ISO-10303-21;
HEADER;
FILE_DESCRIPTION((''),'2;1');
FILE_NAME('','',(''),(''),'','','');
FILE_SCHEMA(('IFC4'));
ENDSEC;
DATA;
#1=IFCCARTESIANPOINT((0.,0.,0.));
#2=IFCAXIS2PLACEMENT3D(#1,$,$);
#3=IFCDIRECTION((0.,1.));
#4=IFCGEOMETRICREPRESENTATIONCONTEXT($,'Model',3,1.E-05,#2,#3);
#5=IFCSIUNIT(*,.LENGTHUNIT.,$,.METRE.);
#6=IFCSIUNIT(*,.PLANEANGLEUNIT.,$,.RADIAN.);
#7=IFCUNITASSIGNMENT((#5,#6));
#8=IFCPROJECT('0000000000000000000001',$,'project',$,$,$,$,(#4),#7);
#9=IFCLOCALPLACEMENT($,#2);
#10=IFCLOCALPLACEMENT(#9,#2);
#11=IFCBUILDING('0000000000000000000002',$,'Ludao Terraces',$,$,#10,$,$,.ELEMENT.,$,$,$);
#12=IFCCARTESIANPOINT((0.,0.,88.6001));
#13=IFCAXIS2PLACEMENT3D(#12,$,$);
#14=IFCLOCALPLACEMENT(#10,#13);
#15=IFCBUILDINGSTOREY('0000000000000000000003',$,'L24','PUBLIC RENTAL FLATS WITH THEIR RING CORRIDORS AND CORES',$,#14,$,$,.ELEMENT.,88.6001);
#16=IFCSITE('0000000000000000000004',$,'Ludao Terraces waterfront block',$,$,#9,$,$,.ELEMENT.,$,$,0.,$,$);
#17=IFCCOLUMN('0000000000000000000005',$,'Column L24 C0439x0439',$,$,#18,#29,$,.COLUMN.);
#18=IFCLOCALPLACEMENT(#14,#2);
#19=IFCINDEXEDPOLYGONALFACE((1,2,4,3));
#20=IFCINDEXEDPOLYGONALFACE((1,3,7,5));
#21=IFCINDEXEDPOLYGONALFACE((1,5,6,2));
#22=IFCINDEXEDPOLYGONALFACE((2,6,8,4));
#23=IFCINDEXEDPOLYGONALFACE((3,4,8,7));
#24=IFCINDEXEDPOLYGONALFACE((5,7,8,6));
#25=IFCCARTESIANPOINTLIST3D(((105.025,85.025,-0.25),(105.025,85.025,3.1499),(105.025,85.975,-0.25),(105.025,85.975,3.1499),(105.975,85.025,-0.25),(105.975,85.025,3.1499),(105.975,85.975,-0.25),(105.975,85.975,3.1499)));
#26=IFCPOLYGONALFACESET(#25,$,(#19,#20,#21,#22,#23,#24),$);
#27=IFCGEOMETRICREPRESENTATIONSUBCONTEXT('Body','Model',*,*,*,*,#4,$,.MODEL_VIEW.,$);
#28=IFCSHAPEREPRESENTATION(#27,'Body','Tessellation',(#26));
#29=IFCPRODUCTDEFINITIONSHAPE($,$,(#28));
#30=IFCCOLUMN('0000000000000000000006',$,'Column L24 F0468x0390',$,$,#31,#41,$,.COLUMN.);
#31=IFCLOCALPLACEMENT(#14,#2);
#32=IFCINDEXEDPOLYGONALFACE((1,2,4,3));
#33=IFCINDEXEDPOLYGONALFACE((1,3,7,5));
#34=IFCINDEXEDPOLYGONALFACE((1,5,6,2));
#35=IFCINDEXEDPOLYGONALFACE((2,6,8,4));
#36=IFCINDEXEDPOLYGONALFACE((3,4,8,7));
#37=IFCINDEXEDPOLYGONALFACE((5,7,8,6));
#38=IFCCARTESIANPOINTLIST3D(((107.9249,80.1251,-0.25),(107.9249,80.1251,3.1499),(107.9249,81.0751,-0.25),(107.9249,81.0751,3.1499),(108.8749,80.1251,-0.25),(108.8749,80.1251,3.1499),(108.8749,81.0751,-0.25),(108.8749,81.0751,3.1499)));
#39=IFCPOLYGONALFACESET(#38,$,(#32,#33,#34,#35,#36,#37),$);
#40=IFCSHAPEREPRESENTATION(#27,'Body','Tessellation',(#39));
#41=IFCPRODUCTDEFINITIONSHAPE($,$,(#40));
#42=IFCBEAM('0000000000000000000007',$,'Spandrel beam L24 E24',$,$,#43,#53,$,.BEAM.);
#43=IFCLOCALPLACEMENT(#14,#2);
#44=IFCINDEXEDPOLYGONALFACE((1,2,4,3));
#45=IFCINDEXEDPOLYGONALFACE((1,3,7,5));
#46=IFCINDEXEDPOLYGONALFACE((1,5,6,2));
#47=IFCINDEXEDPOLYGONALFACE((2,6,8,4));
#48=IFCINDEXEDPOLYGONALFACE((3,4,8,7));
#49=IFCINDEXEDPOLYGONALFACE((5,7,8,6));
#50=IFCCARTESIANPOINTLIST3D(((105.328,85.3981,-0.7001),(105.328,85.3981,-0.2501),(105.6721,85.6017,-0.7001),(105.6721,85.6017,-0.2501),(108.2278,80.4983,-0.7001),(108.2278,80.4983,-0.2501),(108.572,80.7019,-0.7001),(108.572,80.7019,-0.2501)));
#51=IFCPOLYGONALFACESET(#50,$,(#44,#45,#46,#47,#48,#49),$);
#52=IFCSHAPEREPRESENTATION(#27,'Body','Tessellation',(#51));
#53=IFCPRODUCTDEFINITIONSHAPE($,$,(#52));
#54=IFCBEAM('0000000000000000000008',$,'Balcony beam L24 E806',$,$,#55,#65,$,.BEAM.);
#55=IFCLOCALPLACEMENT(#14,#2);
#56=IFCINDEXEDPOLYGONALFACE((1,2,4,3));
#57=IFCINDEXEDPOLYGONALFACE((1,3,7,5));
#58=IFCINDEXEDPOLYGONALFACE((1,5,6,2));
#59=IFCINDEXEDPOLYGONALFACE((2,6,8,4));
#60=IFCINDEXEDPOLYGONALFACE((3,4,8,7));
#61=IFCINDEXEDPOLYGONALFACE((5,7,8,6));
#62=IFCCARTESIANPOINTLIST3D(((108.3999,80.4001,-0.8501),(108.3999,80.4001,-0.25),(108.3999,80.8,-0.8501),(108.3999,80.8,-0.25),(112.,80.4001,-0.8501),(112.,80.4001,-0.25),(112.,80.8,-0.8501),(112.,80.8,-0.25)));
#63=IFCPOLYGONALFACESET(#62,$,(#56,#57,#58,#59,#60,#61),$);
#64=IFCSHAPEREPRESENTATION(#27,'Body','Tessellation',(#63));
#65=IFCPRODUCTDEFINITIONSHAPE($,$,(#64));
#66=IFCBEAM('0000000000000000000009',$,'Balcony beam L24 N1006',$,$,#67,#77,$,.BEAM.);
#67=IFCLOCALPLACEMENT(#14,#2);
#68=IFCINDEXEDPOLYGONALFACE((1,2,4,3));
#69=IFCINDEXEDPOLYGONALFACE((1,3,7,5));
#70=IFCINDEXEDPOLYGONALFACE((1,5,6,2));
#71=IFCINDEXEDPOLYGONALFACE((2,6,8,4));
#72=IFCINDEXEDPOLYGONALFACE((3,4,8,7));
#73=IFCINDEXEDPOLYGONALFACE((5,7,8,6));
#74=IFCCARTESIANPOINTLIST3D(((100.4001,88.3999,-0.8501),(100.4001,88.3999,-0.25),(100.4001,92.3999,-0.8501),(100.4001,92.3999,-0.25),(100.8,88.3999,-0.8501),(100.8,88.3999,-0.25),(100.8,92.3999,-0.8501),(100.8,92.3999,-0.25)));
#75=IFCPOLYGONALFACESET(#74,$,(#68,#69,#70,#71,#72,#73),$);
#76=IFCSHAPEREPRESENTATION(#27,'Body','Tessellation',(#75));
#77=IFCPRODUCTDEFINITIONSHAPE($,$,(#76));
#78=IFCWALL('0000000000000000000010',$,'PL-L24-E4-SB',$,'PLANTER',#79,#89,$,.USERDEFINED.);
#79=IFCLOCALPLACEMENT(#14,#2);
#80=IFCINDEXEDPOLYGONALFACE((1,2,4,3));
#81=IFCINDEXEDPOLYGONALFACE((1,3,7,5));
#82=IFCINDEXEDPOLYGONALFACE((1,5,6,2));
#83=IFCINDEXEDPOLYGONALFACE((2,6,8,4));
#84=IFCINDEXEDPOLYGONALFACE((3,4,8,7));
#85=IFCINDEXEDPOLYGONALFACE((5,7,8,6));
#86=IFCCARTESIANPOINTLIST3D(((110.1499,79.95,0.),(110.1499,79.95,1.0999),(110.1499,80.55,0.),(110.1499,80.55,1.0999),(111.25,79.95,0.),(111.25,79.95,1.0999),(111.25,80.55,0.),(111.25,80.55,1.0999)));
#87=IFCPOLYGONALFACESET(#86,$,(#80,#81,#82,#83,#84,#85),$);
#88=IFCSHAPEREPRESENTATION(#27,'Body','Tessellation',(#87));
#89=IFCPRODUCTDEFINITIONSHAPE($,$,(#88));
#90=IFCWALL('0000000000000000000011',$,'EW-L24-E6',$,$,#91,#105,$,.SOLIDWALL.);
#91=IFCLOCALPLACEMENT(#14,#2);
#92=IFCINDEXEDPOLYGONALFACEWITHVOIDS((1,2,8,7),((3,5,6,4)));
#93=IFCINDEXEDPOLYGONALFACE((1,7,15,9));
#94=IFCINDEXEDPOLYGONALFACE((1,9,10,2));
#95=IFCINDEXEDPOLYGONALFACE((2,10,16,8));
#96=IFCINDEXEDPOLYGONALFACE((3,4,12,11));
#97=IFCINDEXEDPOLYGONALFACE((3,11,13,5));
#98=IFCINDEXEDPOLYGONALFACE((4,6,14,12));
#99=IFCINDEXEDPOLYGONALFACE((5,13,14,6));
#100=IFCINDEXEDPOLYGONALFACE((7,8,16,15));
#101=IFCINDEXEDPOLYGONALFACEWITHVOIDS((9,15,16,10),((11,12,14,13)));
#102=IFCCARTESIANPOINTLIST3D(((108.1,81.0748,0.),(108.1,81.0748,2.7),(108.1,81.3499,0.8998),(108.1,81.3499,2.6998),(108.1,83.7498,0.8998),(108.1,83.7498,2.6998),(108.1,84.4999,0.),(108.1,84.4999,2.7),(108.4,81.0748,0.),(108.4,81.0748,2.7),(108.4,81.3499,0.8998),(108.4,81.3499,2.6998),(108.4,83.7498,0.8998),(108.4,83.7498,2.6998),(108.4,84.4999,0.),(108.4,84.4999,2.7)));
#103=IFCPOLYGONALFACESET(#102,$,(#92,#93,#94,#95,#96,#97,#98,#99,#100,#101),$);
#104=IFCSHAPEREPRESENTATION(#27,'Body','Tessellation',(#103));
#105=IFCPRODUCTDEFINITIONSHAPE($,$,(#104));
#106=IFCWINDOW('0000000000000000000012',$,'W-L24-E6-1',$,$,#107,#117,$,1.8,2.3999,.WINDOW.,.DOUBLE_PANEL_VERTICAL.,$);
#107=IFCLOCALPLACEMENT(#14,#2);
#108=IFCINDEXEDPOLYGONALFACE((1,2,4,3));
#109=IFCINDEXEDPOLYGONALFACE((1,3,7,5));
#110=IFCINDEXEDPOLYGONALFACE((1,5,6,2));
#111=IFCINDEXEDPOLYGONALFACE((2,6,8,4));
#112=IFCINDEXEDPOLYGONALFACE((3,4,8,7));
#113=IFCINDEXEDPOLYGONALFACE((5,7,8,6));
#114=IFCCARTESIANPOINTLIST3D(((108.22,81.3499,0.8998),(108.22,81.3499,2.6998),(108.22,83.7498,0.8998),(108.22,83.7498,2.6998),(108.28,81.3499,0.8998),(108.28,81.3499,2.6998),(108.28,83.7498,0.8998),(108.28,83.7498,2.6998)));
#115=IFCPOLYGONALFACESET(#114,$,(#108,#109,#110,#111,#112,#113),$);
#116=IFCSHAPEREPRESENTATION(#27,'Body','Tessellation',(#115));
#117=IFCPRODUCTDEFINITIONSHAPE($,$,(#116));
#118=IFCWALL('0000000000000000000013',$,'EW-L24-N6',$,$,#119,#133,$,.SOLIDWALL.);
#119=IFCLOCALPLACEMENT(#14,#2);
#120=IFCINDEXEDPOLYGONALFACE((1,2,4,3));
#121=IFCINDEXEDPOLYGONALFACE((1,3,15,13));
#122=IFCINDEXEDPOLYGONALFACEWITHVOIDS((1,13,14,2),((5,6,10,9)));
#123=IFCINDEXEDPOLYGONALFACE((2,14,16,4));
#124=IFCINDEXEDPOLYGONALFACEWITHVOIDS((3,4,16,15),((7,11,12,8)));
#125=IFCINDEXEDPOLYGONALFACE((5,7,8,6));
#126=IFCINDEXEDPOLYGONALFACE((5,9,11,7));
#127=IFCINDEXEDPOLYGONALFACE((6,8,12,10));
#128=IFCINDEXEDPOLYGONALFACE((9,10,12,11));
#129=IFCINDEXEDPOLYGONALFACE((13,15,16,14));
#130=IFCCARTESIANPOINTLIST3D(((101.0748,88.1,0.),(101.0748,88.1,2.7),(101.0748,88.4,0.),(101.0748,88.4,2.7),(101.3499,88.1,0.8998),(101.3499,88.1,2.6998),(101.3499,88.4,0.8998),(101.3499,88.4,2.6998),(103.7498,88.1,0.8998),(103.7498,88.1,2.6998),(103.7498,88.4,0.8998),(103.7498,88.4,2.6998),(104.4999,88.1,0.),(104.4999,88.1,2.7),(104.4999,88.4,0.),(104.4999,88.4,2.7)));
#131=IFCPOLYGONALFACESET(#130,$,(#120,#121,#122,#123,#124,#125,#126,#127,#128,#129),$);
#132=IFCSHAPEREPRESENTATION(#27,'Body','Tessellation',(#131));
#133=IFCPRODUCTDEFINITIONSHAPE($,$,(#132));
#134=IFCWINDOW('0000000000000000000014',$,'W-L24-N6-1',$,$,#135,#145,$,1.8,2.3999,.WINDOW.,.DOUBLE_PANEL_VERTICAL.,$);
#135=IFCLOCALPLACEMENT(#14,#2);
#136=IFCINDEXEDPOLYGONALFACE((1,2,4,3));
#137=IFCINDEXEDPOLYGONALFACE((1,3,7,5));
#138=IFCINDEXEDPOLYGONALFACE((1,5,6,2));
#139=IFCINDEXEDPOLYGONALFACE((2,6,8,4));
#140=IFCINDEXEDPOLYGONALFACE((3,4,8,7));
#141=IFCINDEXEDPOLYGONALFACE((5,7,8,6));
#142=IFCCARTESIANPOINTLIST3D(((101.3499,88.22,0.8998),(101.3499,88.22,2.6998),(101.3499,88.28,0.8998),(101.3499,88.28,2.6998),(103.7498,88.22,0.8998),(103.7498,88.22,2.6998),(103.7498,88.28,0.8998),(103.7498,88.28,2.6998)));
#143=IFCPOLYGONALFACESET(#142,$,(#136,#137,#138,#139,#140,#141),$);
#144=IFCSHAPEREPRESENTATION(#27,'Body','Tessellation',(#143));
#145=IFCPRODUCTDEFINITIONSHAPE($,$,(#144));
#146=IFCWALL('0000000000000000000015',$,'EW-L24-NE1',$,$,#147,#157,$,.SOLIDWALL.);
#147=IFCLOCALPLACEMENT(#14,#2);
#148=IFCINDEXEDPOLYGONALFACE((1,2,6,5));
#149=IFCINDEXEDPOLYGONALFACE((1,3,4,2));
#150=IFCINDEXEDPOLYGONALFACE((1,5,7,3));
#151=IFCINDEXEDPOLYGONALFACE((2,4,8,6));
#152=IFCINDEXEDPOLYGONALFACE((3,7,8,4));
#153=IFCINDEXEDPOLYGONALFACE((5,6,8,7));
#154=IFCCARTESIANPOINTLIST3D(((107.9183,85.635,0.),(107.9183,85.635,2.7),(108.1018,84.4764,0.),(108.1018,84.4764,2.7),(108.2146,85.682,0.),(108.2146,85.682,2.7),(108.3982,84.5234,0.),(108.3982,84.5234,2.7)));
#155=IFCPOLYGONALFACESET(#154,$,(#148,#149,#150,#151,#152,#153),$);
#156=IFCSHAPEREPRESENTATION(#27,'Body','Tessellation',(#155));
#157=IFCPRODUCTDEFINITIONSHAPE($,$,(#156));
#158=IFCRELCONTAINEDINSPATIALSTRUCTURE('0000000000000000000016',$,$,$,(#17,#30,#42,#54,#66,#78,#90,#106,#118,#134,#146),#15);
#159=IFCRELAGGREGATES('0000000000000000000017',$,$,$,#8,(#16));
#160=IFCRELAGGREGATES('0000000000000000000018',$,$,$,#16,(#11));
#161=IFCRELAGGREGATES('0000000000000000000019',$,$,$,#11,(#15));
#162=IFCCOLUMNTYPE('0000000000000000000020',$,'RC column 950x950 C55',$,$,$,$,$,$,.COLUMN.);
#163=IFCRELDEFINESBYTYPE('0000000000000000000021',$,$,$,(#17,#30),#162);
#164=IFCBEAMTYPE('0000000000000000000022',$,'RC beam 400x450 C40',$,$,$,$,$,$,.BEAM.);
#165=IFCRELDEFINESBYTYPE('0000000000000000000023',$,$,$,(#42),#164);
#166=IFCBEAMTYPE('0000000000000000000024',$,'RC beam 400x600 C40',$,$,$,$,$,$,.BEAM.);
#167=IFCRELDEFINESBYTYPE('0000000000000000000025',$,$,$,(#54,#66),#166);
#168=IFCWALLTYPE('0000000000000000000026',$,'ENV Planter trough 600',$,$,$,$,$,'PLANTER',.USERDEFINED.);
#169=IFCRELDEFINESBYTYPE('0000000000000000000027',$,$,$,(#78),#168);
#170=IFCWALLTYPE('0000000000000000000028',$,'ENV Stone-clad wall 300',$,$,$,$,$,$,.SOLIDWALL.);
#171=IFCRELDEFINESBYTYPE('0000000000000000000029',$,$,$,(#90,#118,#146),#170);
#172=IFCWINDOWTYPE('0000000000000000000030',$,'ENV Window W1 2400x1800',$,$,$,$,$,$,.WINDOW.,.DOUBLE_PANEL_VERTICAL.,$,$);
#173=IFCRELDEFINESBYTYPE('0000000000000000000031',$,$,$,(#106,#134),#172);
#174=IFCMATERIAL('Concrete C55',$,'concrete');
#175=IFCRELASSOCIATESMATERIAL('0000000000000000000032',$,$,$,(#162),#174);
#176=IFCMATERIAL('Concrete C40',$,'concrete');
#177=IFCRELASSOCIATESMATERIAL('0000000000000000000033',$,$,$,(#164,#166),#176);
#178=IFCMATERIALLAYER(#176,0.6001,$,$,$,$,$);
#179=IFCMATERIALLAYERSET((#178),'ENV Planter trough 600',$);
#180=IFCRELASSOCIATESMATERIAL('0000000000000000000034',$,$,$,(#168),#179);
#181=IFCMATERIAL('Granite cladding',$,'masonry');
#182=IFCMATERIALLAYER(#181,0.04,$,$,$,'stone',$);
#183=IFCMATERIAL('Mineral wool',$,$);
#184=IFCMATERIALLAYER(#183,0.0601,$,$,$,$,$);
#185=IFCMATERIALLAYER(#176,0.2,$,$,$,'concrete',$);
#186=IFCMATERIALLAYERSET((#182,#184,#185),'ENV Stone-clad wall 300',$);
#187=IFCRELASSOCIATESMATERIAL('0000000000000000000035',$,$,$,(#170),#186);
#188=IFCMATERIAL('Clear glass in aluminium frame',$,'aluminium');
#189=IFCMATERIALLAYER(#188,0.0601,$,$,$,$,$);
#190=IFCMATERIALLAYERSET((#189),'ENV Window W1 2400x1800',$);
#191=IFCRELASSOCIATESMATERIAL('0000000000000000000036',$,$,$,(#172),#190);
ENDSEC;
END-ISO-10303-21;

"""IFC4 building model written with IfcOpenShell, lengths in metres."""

from ifc_helpers import new_model, si_unit, direction, frame, frame_2d, origin, origin_2d, place, context, subcontext, project, spatial, rectangle, extrude, material, layer, layer_set, material_profile, profile_set, type_object, element, fill, save


model = new_model("IFC4")

# Units and contexts
model_context = context("Model", 3, precision=1e-05, world=origin(), true_north=direction((0.0, 1.0)))
body_context = subcontext(model_context, "Body", "Model", "MODEL_VIEW")
ifc_project = project(units=[si_unit("LENGTHUNIT", "METRE"), si_unit("PLANEANGLEUNIT", "RADIAN")], contexts=[model_context])

# Site, building, storey
site_placement = place(None, origin())
site = spatial("IfcSite", under=ifc_project, at=site_placement, Name="Ludao Terraces waterfront block", CompositionType="ELEMENT", RefElevation=0.0)
building_placement = place(site_placement, origin())
building = spatial("IfcBuilding", under=site, at=building_placement, Name="Ludao Terraces", CompositionType="ELEMENT")
storey_placement = place(building_placement, frame((0.0, 0.0, 88.6001)))
storey = spatial("IfcBuildingStorey", under=building, at=storey_placement, Name="L24", Description="PUBLIC RENTAL FLATS WITH THEIR RING CORRIDORS AND CORES", CompositionType="ELEMENT", Elevation=88.6001)

# Columns
ifc_material_1 = material(Name="Concrete C55", Category="concrete")
ifc_material_profile_1 = material_profile(ifc_material_1, rectangle(XDim=0.95, YDim=0.95, at=origin_2d()), Name="950 X 950")
ifc_profile_set_1 = profile_set([ifc_material_profile_1], Name="Concrete C55")
column_type = type_object("IfcColumnType", Name="RC column 950x950 C55", PredefinedType="COLUMN", material=ifc_profile_set_1)
for number, where, z_axis, x_axis, name in (
    (1, (105.5, 85.5, -0.25), (0.0, 0.0, 1.0), (1.0, 0.0, 0.0), "Column L24 C0439x0439"),
    (2, (108.3999, 80.6001, -0.25), (0.0, 0.0, 1.0), (1.0, 0.0, 0.0), "Column L24 F0468x0390"),
):
    element("IfcColumn", number, at=place(storey_placement, frame(where, z_axis=z_axis, x_axis=x_axis)), inside=storey, type_object=column_type, Name=name, PredefinedType="COLUMN", context=body_context, shape_type="SweptSolid", body=[
        extrude(rectangle(XDim=0.95, YDim=0.95, at=origin_2d()), origin(), (0.0, 0.0, 1.0), 3.3999),
    ])

# Beams
ifc_material_2 = material(Name="Concrete C40", Category="concrete")
ifc_material_profile_2 = material_profile(ifc_material_2, rectangle(XDim=0.3999, YDim=0.45, at=origin_2d()), Name="400 X 450")
ifc_profile_set_2 = profile_set([ifc_material_profile_2], Name="Concrete C40")
beam_type_1 = type_object("IfcBeamType", Name="RC beam 400x450 C40", PredefinedType="BEAM", material=ifc_profile_set_2)
beam_1_placement = place(storey_placement, frame((108.3999, 80.6001, -0.4751), z_axis=(-0.509316, 0.86058, 0.0), x_axis=(-0.86058, -0.509316, 0.0)))
element("IfcBeam", 3, at=beam_1_placement, inside=storey, type_object=beam_type_1, Name="Spandrel beam L24 E24", PredefinedType="BEAM", context=body_context, shape_type="SweptSolid", body=[
    extrude(rectangle(XDim=0.3999, YDim=0.45, at=origin_2d()), origin(), (0.0, 0.0, 1.0), 5.6936),
])
ifc_material_profile_3 = material_profile(ifc_material_2, rectangle(XDim=0.3999, YDim=0.6001, at=origin_2d()), Name="400 X 600")
ifc_profile_set_3 = profile_set([ifc_material_profile_3], Name="Concrete C40")
beam_type_2 = type_object("IfcBeamType", Name="RC beam 400x600 C40", PredefinedType="BEAM", material=ifc_profile_set_3)
beam_2_placement = place(storey_placement, frame((108.3999, 80.6001, -0.55), z_axis=(1.0, 0.0, 0.0), x_axis=(0.0, 1.0, 0.0)))
element("IfcBeam", 4, at=beam_2_placement, inside=storey, type_object=beam_type_2, Name="Balcony beam L24 E806", PredefinedType="BEAM", context=body_context, shape_type="SweptSolid", body=[
    extrude(rectangle(XDim=0.3999, YDim=0.6001, at=origin_2d()), origin(), (0.0, 0.0, 1.0), 3.6001),
])
beam_3_placement = place(storey_placement, frame((100.6001, 88.3999, -0.55), z_axis=(0.0, 1.0, 0.0), x_axis=(-1.0, 0.0, 0.0)))
element("IfcBeam", 5, at=beam_3_placement, inside=storey, type_object=beam_type_2, Name="Balcony beam L24 N1006", PredefinedType="BEAM", context=body_context, shape_type="SweptSolid", body=[
    extrude(rectangle(XDim=0.3999, YDim=0.6001, at=origin_2d()), origin(), (0.0, 0.0, 1.0), 4.0),
])

# Wall
ifc_layer_1 = layer(ifc_material_2, 0.6001)
ifc_layer_set_1 = layer_set([ifc_layer_1], Name="ENV Planter trough 600")
wall_type_1 = type_object("IfcWallType", Name="ENV Planter trough 600", ElementType="PLANTER", PredefinedType="USERDEFINED", material=ifc_layer_set_1)
wall_1_placement = place(storey_placement, frame((111.25, 80.25, 0.0), z_axis=(0.0, 0.0, 1.0), x_axis=(-1.0, 0.0, 0.0)))
element("IfcWall", 6, at=wall_1_placement, inside=storey, type_object=wall_type_1, Name="PL-L24-E4-SB", ObjectType="PLANTER", PredefinedType="USERDEFINED", context=body_context, shape_type="SweptSolid", body=[
    extrude(rectangle(XDim=1.1001, YDim=0.6001, at=frame_2d((0.55, 0.0))), origin(), (0.0, 0.0, 1.0), 1.0999),
])

# Walls, openings, windows
ifc_material_3 = material(Name="Granite cladding", Category="masonry")
ifc_layer_2 = layer(ifc_material_3, 0.04, Category="stone")
ifc_material_4 = material(Name="Mineral wool")
ifc_layer_3 = layer(ifc_material_4, 0.0601)
ifc_layer_4 = layer(ifc_material_2, 0.2, Category="concrete")
ifc_layer_set_2 = layer_set([ifc_layer_2, ifc_layer_3, ifc_layer_4], Name="ENV Stone-clad wall 300")
wall_type_2 = type_object("IfcWallType", Name="ENV Stone-clad wall 300", PredefinedType="SOLIDWALL", material=ifc_layer_set_2)
wall_2_placement = place(storey_placement, frame((108.25, 81.075, 0.0), z_axis=(0.0, 0.0, 1.0), x_axis=(0.0, 1.0, 0.0)))
wall_2 = element("IfcWall", 7, at=wall_2_placement, inside=storey, type_object=wall_type_2, Name="EW-L24-E6", PredefinedType="SOLIDWALL", context=body_context, shape_type="SweptSolid", body=[
    extrude(rectangle(XDim=3.425, YDim=0.3, at=frame_2d((1.7124, 0.0))), origin(), (0.0, 0.0, 1.0), 2.7),
])
opening_1_placement = place(wall_2_placement, frame((0.2749, 0.0, 0.8999)))
opening_1 = element("IfcOpeningElement", 8, at=opening_1_placement, cuts=wall_2, PredefinedType="OPENING", context=body_context, shape_type="SweptSolid", body=[
    extrude(rectangle(XDim=2.3999, YDim=1.8, at=frame_2d((1.2, 0.8999))), frame((0.0, 0.1602, 0.0), z_axis=(0.0, -1.0, 0.0), x_axis=(1.0, 0.0, 0.0)), (0.0, 0.0, 1.0), 0.3201),
])
ifc_material_5 = material(Name="Clear glass in aluminium frame", Category="aluminium")
ifc_layer_5 = layer(ifc_material_5, 0.0601)
ifc_layer_set_3 = layer_set([ifc_layer_5], Name="ENV Window W1 2400x1800")
window_type_1 = type_object("IfcWindowType", Name="ENV Window W1 2400x1800", PartitioningType="DOUBLE_PANEL_VERTICAL", PredefinedType="WINDOW", material=ifc_layer_set_3)
window_1_placement = place(opening_1_placement, origin())
window_1 = element("IfcWindow", 9, at=window_1_placement, inside=storey, type_object=window_type_1, Name="W-L24-E6-1", OverallHeight=1.8, OverallWidth=2.3999, PartitioningType="DOUBLE_PANEL_VERTICAL", PredefinedType="WINDOW", context=body_context, shape_type="SweptSolid", body=[
    extrude(rectangle(XDim=2.3999, YDim=1.8, at=frame_2d((1.2, 0.8999))), frame((0.0, 0.03, 0.0), z_axis=(0.0, -1.0, 0.0), x_axis=(1.0, 0.0, 0.0)), (0.0, 0.0, 1.0), 0.0601),
])
fill(opening_1, window_1)
wall_3_placement = place(storey_placement, frame((101.075, 88.25, 0.0), z_axis=(0.0, 0.0, 1.0), x_axis=(1.0, 0.0, 0.0)))
wall_3 = element("IfcWall", 10, at=wall_3_placement, inside=storey, type_object=wall_type_2, Name="EW-L24-N6", PredefinedType="SOLIDWALL", context=body_context, shape_type="SweptSolid", body=[
    extrude(rectangle(XDim=3.425, YDim=0.3, at=frame_2d((1.7124, 0.0))), origin(), (0.0, 0.0, 1.0), 2.7),
])
opening_2_placement = place(wall_3_placement, frame((0.2749, 0.0, 0.8999)))
opening_2 = element("IfcOpeningElement", 11, at=opening_2_placement, cuts=wall_3, PredefinedType="OPENING", context=body_context, shape_type="SweptSolid", body=[
    extrude(rectangle(XDim=2.3999, YDim=1.8, at=frame_2d((1.2, 0.8999))), frame((0.0, 0.1602, 0.0), z_axis=(0.0, -1.0, 0.0), x_axis=(1.0, 0.0, 0.0)), (0.0, 0.0, 1.0), 0.3201),
])
window_2_placement = place(opening_2_placement, origin())
window_2 = element("IfcWindow", 12, at=window_2_placement, inside=storey, type_object=window_type_1, Name="W-L24-N6-1", OverallHeight=1.8, OverallWidth=2.3999, PartitioningType="DOUBLE_PANEL_VERTICAL", PredefinedType="WINDOW", context=body_context, shape_type="SweptSolid", body=[
    extrude(rectangle(XDim=2.3999, YDim=1.8, at=frame_2d((1.2, 0.8999))), frame((0.0, 0.03, 0.0), z_axis=(0.0, -1.0, 0.0), x_axis=(1.0, 0.0, 0.0)), (0.0, 0.0, 1.0), 0.0601),
])
fill(opening_2, window_2)

# Wall
wall_4_placement = place(storey_placement, frame((108.25, 84.5, 0.0), z_axis=(0.0, 0.0, 1.0), x_axis=(-0.156497, 0.987678, 0.0)))
element("IfcWall", 13, at=wall_4_placement, inside=storey, type_object=wall_type_2, Name="EW-L24-NE1", PredefinedType="SOLIDWALL", context=body_context, shape_type="SweptSolid", body=[
    extrude(rectangle(XDim=1.1731, YDim=0.3, at=frame_2d((0.5864, 0.0))), origin(), (0.0, 0.0, 1.0), 2.7),
])

save(model, "model.ifc")
